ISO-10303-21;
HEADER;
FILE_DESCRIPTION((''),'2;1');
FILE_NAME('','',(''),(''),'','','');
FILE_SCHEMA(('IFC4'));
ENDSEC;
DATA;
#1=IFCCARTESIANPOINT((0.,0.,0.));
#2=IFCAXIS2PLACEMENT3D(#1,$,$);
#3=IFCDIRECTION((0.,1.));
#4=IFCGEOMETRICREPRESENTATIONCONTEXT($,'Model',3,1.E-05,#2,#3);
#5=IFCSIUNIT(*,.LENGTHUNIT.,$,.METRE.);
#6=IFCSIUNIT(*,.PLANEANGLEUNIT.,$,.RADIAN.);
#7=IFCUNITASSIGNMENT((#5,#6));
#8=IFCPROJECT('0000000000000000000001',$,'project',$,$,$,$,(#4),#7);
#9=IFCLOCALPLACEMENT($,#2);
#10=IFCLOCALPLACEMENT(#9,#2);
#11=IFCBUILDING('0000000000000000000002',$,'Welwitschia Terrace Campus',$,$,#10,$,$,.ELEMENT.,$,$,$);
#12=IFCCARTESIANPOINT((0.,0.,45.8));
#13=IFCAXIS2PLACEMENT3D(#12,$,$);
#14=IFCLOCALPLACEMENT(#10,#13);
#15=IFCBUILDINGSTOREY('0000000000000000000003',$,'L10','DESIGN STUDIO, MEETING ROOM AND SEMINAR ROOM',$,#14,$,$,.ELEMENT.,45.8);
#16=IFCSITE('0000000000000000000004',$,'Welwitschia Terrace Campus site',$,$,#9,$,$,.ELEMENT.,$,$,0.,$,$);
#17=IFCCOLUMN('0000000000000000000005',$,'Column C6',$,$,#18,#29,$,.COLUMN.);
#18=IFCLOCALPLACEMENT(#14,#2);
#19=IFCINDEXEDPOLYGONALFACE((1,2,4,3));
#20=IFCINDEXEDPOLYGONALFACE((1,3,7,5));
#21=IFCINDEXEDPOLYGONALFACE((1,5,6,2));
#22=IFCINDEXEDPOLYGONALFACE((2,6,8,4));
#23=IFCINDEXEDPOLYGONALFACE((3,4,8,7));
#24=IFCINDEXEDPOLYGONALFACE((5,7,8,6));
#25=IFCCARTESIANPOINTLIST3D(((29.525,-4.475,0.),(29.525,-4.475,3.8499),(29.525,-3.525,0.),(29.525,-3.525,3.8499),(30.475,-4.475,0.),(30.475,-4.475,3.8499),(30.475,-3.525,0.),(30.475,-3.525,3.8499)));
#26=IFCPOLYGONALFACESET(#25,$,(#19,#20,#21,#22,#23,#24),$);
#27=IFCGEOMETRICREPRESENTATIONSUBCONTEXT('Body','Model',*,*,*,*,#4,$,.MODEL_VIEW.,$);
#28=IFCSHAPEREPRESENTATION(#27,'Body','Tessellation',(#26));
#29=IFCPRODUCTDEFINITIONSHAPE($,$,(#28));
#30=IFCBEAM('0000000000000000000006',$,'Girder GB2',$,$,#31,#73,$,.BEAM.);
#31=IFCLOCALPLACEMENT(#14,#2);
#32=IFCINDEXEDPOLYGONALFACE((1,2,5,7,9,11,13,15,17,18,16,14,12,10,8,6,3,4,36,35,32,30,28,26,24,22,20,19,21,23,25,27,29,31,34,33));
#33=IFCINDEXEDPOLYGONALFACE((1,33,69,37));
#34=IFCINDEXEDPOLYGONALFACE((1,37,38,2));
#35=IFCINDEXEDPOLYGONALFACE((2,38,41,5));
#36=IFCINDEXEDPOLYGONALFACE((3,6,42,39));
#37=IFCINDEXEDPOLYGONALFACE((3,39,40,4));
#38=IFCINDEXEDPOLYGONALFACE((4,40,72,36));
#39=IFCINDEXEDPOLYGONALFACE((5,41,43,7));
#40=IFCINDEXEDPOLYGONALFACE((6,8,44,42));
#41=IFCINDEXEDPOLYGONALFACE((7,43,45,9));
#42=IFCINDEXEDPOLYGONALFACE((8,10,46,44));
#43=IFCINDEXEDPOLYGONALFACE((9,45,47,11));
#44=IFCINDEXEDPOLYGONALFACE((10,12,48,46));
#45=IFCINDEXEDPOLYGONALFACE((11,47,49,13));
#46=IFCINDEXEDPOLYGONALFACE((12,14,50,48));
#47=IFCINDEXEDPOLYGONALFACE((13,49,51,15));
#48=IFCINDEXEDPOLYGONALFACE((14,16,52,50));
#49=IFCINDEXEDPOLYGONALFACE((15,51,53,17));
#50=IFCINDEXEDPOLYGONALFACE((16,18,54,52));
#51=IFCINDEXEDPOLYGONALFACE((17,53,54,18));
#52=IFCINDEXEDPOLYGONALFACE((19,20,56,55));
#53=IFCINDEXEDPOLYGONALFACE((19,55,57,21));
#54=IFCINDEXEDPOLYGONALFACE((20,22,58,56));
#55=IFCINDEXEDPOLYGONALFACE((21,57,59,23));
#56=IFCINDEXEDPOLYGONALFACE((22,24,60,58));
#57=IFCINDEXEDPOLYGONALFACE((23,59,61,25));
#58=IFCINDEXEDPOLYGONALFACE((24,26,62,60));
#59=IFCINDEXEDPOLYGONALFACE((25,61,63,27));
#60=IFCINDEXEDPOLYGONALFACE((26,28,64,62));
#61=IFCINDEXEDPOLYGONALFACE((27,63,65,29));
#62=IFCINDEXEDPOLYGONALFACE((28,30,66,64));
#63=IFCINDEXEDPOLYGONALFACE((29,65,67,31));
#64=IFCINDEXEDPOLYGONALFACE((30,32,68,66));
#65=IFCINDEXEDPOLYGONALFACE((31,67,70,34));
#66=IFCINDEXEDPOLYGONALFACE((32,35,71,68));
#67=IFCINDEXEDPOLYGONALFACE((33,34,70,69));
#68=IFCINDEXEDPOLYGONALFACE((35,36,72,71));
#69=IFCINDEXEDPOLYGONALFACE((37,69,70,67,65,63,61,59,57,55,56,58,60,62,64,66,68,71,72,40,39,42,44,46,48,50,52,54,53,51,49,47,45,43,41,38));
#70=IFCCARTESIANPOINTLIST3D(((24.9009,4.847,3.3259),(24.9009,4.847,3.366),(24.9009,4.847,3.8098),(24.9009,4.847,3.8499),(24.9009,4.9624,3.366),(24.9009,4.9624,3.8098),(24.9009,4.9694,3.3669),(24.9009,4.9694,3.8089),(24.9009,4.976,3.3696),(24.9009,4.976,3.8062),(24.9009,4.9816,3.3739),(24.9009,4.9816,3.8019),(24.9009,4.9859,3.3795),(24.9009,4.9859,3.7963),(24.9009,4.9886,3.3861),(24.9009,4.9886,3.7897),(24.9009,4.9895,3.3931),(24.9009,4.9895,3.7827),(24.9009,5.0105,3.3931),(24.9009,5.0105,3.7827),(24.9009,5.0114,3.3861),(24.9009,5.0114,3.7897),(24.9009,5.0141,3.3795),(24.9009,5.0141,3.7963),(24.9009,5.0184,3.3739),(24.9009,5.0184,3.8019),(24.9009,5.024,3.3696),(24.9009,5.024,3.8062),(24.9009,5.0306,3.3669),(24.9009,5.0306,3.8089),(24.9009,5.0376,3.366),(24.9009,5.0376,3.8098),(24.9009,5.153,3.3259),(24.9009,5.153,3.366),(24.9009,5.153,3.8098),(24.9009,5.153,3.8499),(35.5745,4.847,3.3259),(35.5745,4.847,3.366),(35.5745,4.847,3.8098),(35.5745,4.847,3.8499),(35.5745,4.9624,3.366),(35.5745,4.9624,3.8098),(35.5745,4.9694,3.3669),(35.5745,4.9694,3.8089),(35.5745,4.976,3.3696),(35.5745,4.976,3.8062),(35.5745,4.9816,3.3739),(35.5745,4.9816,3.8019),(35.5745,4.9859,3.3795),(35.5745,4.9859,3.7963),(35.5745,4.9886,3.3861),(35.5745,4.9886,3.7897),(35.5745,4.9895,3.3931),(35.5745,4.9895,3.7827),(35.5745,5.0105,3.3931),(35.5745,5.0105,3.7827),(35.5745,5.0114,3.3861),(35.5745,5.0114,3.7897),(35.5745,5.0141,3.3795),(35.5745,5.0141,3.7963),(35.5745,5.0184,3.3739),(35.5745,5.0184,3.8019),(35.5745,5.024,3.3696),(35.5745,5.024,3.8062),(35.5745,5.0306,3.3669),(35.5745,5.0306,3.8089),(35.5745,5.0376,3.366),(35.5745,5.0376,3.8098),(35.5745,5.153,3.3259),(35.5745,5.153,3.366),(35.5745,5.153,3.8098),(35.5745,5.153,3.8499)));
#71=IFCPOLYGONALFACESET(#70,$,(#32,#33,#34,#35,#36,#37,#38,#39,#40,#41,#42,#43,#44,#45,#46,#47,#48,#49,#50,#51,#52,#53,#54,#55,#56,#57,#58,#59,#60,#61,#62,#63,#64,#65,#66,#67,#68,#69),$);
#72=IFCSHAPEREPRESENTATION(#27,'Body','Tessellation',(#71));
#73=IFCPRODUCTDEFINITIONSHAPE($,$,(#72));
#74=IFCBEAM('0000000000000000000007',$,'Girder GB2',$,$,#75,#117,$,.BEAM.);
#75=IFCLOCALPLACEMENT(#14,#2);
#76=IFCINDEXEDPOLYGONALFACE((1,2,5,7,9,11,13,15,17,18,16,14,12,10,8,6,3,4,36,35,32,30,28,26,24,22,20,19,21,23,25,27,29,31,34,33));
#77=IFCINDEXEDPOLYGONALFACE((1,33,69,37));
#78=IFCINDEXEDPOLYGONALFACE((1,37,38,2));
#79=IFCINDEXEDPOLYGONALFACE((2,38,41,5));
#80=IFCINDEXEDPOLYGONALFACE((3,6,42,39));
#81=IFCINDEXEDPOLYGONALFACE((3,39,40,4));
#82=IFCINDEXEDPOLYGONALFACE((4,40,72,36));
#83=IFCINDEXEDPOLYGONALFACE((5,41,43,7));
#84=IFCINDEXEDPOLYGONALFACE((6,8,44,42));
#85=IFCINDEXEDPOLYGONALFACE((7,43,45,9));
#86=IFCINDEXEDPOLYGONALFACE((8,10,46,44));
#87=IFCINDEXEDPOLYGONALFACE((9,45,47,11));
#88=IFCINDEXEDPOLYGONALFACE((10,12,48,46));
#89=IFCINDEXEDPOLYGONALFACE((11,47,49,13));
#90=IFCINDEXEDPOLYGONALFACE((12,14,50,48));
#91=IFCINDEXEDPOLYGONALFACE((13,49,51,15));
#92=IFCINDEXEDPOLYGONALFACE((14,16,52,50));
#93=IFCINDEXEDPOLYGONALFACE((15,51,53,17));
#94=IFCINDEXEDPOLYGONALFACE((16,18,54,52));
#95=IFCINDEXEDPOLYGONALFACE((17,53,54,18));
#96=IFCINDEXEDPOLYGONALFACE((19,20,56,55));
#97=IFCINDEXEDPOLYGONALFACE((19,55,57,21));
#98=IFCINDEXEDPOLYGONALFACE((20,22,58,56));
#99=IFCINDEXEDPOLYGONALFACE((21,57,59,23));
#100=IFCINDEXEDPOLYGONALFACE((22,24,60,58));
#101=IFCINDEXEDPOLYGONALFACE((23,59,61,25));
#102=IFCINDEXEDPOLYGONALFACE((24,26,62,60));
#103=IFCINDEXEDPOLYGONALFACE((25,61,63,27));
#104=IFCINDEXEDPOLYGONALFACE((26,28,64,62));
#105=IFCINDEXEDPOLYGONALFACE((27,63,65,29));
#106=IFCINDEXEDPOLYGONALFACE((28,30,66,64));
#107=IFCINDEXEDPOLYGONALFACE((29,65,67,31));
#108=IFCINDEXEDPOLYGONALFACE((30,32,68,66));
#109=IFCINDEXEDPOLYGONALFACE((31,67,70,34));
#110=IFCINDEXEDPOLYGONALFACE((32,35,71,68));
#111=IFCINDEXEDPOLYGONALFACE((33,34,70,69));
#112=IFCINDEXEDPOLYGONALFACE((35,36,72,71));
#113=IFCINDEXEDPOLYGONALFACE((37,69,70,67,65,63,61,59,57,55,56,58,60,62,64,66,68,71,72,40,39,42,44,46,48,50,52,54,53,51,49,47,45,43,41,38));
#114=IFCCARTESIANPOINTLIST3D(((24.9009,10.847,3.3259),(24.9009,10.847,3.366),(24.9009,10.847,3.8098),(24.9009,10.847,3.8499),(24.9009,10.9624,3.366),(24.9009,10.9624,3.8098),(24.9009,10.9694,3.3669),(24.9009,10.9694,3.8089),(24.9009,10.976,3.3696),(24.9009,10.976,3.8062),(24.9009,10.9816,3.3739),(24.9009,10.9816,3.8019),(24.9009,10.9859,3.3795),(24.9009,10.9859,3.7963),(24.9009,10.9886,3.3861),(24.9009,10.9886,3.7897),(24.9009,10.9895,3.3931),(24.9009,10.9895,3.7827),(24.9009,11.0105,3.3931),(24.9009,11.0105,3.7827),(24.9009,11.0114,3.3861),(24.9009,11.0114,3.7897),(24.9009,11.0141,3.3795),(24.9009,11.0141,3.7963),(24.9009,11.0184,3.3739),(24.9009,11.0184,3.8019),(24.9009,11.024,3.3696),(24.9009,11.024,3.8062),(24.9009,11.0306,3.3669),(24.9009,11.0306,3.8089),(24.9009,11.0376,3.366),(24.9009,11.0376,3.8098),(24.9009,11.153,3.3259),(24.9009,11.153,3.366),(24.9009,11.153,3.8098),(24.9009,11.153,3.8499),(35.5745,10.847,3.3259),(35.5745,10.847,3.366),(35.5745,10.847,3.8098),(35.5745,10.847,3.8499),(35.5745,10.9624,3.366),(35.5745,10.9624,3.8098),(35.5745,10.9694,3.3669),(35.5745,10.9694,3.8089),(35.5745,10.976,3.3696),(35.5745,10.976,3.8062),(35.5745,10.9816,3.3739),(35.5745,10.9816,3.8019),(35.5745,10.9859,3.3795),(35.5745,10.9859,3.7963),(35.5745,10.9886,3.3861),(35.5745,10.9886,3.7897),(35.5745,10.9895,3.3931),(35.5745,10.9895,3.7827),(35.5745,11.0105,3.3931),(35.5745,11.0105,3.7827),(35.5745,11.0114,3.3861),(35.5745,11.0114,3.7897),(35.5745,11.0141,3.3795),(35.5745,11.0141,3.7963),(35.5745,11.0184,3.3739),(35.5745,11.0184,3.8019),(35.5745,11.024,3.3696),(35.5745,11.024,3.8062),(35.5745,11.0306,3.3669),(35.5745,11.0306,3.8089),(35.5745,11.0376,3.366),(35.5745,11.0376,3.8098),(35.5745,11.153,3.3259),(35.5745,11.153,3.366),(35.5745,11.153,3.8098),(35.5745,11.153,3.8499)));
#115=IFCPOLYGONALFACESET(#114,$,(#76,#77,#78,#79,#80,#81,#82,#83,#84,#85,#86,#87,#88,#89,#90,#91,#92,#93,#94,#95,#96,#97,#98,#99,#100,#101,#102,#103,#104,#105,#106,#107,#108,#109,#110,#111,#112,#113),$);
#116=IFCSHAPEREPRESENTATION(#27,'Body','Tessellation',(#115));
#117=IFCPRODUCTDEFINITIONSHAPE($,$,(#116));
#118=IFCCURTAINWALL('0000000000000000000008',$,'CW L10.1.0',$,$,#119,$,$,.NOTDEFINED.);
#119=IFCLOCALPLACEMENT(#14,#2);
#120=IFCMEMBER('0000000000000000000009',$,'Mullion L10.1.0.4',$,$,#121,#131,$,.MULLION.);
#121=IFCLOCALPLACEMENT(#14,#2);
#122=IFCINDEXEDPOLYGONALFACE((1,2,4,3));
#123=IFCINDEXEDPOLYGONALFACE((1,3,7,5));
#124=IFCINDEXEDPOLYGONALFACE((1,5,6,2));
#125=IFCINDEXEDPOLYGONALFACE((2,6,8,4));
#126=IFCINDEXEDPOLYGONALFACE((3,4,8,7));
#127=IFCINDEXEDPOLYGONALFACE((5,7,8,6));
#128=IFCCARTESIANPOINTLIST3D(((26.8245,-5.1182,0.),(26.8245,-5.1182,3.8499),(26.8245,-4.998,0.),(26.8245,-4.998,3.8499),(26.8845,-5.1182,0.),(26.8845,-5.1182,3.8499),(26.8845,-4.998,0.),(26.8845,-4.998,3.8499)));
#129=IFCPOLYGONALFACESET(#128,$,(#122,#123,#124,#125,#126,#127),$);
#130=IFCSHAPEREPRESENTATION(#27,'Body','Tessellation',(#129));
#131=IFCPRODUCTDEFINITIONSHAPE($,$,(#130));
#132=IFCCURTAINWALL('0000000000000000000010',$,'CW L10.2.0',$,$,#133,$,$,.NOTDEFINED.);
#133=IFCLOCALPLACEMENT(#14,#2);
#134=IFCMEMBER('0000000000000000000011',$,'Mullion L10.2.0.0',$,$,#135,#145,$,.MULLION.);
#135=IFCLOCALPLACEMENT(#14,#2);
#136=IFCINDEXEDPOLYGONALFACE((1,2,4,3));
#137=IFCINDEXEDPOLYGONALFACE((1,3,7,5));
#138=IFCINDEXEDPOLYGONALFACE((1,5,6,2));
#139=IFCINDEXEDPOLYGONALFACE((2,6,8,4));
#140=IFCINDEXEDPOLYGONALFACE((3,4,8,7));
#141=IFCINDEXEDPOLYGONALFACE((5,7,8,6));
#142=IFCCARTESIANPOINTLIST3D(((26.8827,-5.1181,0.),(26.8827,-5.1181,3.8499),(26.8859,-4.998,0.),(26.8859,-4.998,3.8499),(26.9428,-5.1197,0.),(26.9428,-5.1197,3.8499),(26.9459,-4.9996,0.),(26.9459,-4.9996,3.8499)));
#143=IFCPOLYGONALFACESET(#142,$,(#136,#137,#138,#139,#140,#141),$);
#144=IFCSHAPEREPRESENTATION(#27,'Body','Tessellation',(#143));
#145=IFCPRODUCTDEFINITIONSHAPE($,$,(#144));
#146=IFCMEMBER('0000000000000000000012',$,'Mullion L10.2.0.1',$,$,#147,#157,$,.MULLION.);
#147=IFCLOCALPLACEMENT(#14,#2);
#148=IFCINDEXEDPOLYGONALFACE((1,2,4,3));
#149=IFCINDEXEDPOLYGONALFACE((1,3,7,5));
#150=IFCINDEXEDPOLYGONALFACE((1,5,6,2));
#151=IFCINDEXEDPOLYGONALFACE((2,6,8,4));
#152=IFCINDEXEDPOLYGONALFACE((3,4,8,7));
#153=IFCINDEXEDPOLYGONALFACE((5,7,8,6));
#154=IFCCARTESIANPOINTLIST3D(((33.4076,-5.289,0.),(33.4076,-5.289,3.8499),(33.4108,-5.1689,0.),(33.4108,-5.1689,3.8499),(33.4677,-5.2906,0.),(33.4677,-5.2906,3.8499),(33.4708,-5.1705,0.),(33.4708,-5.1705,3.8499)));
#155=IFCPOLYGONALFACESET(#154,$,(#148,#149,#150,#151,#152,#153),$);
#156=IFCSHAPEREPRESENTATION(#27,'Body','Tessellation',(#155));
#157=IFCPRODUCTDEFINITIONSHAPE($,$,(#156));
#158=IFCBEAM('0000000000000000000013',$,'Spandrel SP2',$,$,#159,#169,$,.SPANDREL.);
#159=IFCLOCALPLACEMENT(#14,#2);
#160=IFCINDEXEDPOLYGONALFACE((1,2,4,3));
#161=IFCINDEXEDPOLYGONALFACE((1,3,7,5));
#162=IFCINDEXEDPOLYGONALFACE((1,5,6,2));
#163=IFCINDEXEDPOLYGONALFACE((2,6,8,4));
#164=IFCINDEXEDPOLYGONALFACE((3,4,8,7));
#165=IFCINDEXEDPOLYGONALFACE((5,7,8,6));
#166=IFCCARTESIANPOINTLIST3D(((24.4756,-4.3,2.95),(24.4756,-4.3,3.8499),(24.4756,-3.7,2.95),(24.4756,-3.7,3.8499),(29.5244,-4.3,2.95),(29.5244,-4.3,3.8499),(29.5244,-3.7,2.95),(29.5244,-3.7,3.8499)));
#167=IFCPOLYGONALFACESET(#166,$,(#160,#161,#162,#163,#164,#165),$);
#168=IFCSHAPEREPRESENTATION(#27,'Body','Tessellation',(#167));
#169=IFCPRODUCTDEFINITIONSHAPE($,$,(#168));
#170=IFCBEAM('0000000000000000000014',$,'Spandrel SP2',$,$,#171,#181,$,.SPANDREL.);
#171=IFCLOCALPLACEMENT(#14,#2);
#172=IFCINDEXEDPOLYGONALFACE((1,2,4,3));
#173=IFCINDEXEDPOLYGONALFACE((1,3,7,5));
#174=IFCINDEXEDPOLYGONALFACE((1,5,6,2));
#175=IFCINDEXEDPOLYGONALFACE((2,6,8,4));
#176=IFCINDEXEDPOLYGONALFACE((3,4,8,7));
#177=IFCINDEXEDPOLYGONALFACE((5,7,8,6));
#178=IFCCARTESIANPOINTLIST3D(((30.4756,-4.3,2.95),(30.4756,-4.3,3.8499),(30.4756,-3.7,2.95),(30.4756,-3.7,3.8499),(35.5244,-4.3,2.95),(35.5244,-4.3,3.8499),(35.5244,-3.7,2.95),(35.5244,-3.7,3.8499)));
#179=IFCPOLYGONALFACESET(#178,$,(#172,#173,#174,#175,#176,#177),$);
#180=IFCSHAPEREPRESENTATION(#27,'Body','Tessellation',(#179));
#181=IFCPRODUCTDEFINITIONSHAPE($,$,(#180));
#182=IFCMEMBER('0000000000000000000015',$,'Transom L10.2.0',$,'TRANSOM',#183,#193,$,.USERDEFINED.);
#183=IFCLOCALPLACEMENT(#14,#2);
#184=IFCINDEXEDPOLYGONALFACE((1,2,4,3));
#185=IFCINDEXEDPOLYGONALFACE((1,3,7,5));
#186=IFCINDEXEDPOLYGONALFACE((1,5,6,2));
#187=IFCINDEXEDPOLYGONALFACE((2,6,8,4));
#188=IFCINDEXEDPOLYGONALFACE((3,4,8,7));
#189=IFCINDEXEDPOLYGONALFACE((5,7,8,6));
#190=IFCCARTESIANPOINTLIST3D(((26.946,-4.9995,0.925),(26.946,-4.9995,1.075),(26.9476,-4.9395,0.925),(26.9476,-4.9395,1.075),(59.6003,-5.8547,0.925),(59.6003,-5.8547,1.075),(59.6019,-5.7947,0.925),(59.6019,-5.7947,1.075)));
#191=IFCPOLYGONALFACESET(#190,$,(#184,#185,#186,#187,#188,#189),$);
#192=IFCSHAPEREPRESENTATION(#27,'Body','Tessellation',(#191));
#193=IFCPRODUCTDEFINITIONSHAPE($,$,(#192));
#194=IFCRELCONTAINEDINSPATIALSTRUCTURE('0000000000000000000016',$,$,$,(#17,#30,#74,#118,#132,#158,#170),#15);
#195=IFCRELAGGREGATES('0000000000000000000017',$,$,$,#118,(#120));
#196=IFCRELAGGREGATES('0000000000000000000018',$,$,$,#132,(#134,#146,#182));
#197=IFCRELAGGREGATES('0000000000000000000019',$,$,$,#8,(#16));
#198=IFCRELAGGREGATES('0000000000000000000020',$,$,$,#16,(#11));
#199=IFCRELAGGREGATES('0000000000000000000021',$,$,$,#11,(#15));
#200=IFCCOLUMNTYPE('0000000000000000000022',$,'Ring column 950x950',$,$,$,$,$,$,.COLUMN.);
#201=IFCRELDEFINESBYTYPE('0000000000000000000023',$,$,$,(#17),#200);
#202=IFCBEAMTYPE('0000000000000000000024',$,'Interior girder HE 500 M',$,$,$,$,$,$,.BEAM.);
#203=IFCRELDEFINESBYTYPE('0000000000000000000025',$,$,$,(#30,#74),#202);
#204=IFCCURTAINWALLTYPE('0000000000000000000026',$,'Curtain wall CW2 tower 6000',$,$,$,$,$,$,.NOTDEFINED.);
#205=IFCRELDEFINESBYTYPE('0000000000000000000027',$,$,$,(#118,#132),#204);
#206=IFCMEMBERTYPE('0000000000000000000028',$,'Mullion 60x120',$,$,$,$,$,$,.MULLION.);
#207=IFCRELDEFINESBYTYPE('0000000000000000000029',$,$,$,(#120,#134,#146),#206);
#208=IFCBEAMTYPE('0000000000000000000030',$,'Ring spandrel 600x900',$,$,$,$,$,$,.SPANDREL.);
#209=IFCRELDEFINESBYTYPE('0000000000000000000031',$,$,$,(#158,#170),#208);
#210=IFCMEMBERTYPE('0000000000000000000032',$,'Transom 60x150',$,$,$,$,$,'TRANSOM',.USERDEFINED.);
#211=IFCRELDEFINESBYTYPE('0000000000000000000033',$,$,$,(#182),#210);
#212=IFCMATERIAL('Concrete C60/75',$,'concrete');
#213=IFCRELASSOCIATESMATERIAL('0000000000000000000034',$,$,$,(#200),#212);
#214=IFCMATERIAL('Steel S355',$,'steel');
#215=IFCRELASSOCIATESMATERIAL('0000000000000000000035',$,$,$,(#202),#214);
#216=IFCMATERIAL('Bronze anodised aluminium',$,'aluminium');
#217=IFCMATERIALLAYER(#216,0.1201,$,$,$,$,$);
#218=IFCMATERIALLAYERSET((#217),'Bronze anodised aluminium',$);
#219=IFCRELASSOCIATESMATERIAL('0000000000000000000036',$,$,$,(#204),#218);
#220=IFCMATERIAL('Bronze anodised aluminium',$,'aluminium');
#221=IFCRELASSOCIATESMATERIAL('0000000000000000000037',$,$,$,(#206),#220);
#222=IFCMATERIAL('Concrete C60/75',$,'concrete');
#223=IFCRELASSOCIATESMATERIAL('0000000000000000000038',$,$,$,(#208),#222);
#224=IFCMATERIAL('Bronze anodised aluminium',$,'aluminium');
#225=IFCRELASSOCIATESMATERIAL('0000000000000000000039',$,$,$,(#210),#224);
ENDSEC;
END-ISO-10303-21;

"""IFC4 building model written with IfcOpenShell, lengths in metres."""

from ifc_helpers import new_model, si_unit, direction, frame, origin, origin_2d, place, context, subcontext, project, spatial, rectangle, i_section, extrude, material, layer, layer_set, material_profile, profile_set, type_object, element, aggregate, save


model = new_model("IFC4")

# Units and contexts
model_context = context("Model", 3, precision=1e-05, world=origin(), true_north=direction((0.0, 1.0)))
body_context = subcontext(model_context, "Body", "Model", "MODEL_VIEW")
ifc_project = project(units=[si_unit("LENGTHUNIT", "METRE"), si_unit("PLANEANGLEUNIT", "RADIAN")], contexts=[model_context])

# Site, building, storey
site_placement = place(None, origin())
site = spatial("IfcSite", under=ifc_project, at=site_placement, Name="Welwitschia Terrace Campus site", CompositionType="ELEMENT", RefElevation=0.0)
building_placement = place(site_placement, origin())
building = spatial("IfcBuilding", under=site, at=building_placement, Name="Welwitschia Terrace Campus", CompositionType="ELEMENT")
storey_placement = place(building_placement, frame((0.0, 0.0, 45.8)))
storey = spatial("IfcBuildingStorey", under=building, at=storey_placement, Name="L10", Description="DESIGN STUDIO, MEETING ROOM AND SEMINAR ROOM", CompositionType="ELEMENT", Elevation=45.8)

# Column
ifc_material_1 = material(Name="Concrete C60/75", Category="concrete")
ifc_material_profile_1 = material_profile(ifc_material_1, rectangle(XDim=0.95, YDim=0.95, at=origin_2d()))
ifc_profile_set_1 = profile_set([ifc_material_profile_1], Name="Concrete C60/75")
column_type = type_object("IfcColumnType", Name="Ring column 950x950", PredefinedType="COLUMN", material=ifc_profile_set_1)
column_placement = place(storey_placement, frame((30.0, -4.0, 0.0), z_axis=(0.0, 0.0, 1.0), x_axis=(1.0, 0.0, 0.0)))
element("IfcColumn", 1, at=column_placement, inside=storey, type_object=column_type, Name="Column C6", PredefinedType="COLUMN", context=body_context, shape_type="SweptSolid", body=[
    extrude(rectangle(XDim=0.95, YDim=0.95, at=origin_2d()), origin(), (0.0, 0.0, 1.0), 3.8499),
])

# Beams
ifc_material_2 = material(Name="Steel S355", Category="steel")
ifc_material_profile_2 = material_profile(ifc_material_2, i_section(OverallWidth=0.3059, OverallDepth=0.5239, WebThickness=0.021, FlangeThickness=0.04, FilletRadius=0.0271, at=origin_2d()))
ifc_profile_set_2 = profile_set([ifc_material_profile_2], Name="Steel S355")
beam_type_1 = type_object("IfcBeamType", Name="Interior girder HE 500 M", PredefinedType="BEAM", material=ifc_profile_set_2)
for number, where, z_axis, x_axis, name in (
    (2, (24.9009, 5.0, 3.5879), (1.0, 0.0, 0.0), (0.0, 1.0, 0.0), "Girder GB2"),
    (3, (24.9009, 11.0, 3.5879), (1.0, 0.0, 0.0), (0.0, 1.0, 0.0), "Girder GB2"),
):
    element("IfcBeam", number, at=place(storey_placement, frame(where, z_axis=z_axis, x_axis=x_axis)), inside=storey, type_object=beam_type_1, Name=name, PredefinedType="BEAM", context=body_context, shape_type="SweptSolid", body=[
        extrude(i_section(OverallWidth=0.3059, OverallDepth=0.5239, WebThickness=0.021, FlangeThickness=0.04, FilletRadius=0.0271, at=origin_2d()), origin(), (0.0, 0.0, 1.0), 10.6736),
    ])

# Curtain wall, member
ifc_material_3 = material(Name="Bronze anodised aluminium", Category="aluminium")
ifc_layer_1 = layer(ifc_material_3, 0.1201)
ifc_layer_set_1 = layer_set([ifc_layer_1], Name="Bronze anodised aluminium")
curtain_wall_type = type_object("IfcCurtainWallType", Name="Curtain wall CW2 tower 6000", PredefinedType="NOTDEFINED", material=ifc_layer_set_1)
curtain_wall_1_placement = place(storey_placement, origin())
curtain_wall_1 = element("IfcCurtainWall", 4, at=curtain_wall_1_placement, inside=storey, type_object=curtain_wall_type, Name="CW L10.1.0", PredefinedType="NOTDEFINED")
ifc_material_4 = material(Name="Bronze anodised aluminium", Category="aluminium")
ifc_material_profile_3 = material_profile(ifc_material_4, rectangle(XDim=0.1201, YDim=0.0601, at=origin_2d()))
ifc_profile_set_3 = profile_set([ifc_material_profile_3], Name="Bronze anodised aluminium")
member_type_1 = type_object("IfcMemberType", Name="Mullion 60x120", PredefinedType="MULLION", material=ifc_profile_set_3)
member_1_placement = place(storey_placement, frame((26.8545, -5.0581, 0.0), z_axis=(0.0, 0.0, 1.0), x_axis=(0.0, 1.0, 0.0)))
member_1 = element("IfcMember", 5, at=member_1_placement, type_object=member_type_1, Name="Mullion L10.1.0.4", PredefinedType="MULLION", context=body_context, shape_type="SweptSolid", body=[
    extrude(rectangle(XDim=0.1201, YDim=0.0601, at=origin_2d()), origin(), (0.0, 0.0, 1.0), 3.8499),
])

# Curtain wall, members
curtain_wall_2_placement = place(storey_placement, origin())
curtain_wall_2 = element("IfcCurtainWall", 6, at=curtain_wall_2_placement, inside=storey, type_object=curtain_wall_type, Name="CW L10.2.0", PredefinedType="NOTDEFINED")
member_2_placement = place(storey_placement, frame((26.9143, -5.0588, 0.0), z_axis=(0.0, 0.0, 1.0), x_axis=(0.026177, 0.999657, 0.0)))
member_2 = element("IfcMember", 7, at=member_2_placement, type_object=member_type_1, Name="Mullion L10.2.0.0", PredefinedType="MULLION", context=body_context, shape_type="SweptSolid", body=[
    extrude(rectangle(XDim=0.1201, YDim=0.0601, at=origin_2d()), origin(), (0.0, 0.0, 1.0), 3.8499),
])
member_3_placement = place(storey_placement, frame((33.4392, -5.2297, 0.0), z_axis=(0.0, 0.0, 1.0), x_axis=(0.026177, 0.999657, 0.0)))
member_3 = element("IfcMember", 8, at=member_3_placement, type_object=member_type_1, Name="Mullion L10.2.0.1", PredefinedType="MULLION", context=body_context, shape_type="SweptSolid", body=[
    extrude(rectangle(XDim=0.1201, YDim=0.0601, at=origin_2d()), origin(), (0.0, 0.0, 1.0), 3.8499),
])

# Beams
ifc_material_5 = material(Name="Concrete C60/75", Category="concrete")
ifc_material_profile_4 = material_profile(ifc_material_5, rectangle(XDim=0.6001, YDim=0.8999, at=origin_2d()))
ifc_profile_set_4 = profile_set([ifc_material_profile_4], Name="Concrete C60/75")
beam_type_2 = type_object("IfcBeamType", Name="Ring spandrel 600x900", PredefinedType="SPANDREL", material=ifc_profile_set_4)
for number, where, z_axis, x_axis, name in (
    (9, (24.4756, -4.0, 3.3999), (1.0, 0.0, 0.0), (0.0, 1.0, 0.0), "Spandrel SP2"),
    (10, (30.4756, -4.0, 3.3999), (1.0, 0.0, 0.0), (0.0, 1.0, 0.0), "Spandrel SP2"),
):
    element("IfcBeam", number, at=place(storey_placement, frame(where, z_axis=z_axis, x_axis=x_axis)), inside=storey, type_object=beam_type_2, Name=name, PredefinedType="SPANDREL", context=body_context, shape_type="SweptSolid", body=[
        extrude(rectangle(XDim=0.6001, YDim=0.8999, at=origin_2d()), origin(), (0.0, 0.0, 1.0), 5.0488),
    ])

# Member
ifc_material_6 = material(Name="Bronze anodised aluminium", Category="aluminium")
ifc_material_profile_5 = material_profile(ifc_material_6, rectangle(XDim=0.0601, YDim=0.1499, at=origin_2d()))
ifc_profile_set_5 = profile_set([ifc_material_profile_5], Name="Bronze anodised aluminium")
member_type_2 = type_object("IfcMemberType", Name="Transom 60x150", ElementType="TRANSOM", PredefinedType="USERDEFINED", material=ifc_profile_set_5)
member_4_placement = place(storey_placement, frame((26.9468, -4.9695, 1.0), z_axis=(0.999657, -0.026181, 0.0), x_axis=(0.026181, 0.999657, 0.0)))
member_4 = element("IfcMember", 11, at=member_4_placement, type_object=member_type_2, Name="Transom L10.2.0", ObjectType="TRANSOM", PredefinedType="USERDEFINED", context=body_context, shape_type="SweptSolid", body=[
    extrude(rectangle(XDim=0.0601, YDim=0.1499, at=origin_2d()), origin(), (0.0, 0.0, 1.0), 32.6655),
])

aggregate(curtain_wall_1, [member_1])
aggregate(curtain_wall_2, [member_2, member_3, member_4])

save(model, "model.ifc")
